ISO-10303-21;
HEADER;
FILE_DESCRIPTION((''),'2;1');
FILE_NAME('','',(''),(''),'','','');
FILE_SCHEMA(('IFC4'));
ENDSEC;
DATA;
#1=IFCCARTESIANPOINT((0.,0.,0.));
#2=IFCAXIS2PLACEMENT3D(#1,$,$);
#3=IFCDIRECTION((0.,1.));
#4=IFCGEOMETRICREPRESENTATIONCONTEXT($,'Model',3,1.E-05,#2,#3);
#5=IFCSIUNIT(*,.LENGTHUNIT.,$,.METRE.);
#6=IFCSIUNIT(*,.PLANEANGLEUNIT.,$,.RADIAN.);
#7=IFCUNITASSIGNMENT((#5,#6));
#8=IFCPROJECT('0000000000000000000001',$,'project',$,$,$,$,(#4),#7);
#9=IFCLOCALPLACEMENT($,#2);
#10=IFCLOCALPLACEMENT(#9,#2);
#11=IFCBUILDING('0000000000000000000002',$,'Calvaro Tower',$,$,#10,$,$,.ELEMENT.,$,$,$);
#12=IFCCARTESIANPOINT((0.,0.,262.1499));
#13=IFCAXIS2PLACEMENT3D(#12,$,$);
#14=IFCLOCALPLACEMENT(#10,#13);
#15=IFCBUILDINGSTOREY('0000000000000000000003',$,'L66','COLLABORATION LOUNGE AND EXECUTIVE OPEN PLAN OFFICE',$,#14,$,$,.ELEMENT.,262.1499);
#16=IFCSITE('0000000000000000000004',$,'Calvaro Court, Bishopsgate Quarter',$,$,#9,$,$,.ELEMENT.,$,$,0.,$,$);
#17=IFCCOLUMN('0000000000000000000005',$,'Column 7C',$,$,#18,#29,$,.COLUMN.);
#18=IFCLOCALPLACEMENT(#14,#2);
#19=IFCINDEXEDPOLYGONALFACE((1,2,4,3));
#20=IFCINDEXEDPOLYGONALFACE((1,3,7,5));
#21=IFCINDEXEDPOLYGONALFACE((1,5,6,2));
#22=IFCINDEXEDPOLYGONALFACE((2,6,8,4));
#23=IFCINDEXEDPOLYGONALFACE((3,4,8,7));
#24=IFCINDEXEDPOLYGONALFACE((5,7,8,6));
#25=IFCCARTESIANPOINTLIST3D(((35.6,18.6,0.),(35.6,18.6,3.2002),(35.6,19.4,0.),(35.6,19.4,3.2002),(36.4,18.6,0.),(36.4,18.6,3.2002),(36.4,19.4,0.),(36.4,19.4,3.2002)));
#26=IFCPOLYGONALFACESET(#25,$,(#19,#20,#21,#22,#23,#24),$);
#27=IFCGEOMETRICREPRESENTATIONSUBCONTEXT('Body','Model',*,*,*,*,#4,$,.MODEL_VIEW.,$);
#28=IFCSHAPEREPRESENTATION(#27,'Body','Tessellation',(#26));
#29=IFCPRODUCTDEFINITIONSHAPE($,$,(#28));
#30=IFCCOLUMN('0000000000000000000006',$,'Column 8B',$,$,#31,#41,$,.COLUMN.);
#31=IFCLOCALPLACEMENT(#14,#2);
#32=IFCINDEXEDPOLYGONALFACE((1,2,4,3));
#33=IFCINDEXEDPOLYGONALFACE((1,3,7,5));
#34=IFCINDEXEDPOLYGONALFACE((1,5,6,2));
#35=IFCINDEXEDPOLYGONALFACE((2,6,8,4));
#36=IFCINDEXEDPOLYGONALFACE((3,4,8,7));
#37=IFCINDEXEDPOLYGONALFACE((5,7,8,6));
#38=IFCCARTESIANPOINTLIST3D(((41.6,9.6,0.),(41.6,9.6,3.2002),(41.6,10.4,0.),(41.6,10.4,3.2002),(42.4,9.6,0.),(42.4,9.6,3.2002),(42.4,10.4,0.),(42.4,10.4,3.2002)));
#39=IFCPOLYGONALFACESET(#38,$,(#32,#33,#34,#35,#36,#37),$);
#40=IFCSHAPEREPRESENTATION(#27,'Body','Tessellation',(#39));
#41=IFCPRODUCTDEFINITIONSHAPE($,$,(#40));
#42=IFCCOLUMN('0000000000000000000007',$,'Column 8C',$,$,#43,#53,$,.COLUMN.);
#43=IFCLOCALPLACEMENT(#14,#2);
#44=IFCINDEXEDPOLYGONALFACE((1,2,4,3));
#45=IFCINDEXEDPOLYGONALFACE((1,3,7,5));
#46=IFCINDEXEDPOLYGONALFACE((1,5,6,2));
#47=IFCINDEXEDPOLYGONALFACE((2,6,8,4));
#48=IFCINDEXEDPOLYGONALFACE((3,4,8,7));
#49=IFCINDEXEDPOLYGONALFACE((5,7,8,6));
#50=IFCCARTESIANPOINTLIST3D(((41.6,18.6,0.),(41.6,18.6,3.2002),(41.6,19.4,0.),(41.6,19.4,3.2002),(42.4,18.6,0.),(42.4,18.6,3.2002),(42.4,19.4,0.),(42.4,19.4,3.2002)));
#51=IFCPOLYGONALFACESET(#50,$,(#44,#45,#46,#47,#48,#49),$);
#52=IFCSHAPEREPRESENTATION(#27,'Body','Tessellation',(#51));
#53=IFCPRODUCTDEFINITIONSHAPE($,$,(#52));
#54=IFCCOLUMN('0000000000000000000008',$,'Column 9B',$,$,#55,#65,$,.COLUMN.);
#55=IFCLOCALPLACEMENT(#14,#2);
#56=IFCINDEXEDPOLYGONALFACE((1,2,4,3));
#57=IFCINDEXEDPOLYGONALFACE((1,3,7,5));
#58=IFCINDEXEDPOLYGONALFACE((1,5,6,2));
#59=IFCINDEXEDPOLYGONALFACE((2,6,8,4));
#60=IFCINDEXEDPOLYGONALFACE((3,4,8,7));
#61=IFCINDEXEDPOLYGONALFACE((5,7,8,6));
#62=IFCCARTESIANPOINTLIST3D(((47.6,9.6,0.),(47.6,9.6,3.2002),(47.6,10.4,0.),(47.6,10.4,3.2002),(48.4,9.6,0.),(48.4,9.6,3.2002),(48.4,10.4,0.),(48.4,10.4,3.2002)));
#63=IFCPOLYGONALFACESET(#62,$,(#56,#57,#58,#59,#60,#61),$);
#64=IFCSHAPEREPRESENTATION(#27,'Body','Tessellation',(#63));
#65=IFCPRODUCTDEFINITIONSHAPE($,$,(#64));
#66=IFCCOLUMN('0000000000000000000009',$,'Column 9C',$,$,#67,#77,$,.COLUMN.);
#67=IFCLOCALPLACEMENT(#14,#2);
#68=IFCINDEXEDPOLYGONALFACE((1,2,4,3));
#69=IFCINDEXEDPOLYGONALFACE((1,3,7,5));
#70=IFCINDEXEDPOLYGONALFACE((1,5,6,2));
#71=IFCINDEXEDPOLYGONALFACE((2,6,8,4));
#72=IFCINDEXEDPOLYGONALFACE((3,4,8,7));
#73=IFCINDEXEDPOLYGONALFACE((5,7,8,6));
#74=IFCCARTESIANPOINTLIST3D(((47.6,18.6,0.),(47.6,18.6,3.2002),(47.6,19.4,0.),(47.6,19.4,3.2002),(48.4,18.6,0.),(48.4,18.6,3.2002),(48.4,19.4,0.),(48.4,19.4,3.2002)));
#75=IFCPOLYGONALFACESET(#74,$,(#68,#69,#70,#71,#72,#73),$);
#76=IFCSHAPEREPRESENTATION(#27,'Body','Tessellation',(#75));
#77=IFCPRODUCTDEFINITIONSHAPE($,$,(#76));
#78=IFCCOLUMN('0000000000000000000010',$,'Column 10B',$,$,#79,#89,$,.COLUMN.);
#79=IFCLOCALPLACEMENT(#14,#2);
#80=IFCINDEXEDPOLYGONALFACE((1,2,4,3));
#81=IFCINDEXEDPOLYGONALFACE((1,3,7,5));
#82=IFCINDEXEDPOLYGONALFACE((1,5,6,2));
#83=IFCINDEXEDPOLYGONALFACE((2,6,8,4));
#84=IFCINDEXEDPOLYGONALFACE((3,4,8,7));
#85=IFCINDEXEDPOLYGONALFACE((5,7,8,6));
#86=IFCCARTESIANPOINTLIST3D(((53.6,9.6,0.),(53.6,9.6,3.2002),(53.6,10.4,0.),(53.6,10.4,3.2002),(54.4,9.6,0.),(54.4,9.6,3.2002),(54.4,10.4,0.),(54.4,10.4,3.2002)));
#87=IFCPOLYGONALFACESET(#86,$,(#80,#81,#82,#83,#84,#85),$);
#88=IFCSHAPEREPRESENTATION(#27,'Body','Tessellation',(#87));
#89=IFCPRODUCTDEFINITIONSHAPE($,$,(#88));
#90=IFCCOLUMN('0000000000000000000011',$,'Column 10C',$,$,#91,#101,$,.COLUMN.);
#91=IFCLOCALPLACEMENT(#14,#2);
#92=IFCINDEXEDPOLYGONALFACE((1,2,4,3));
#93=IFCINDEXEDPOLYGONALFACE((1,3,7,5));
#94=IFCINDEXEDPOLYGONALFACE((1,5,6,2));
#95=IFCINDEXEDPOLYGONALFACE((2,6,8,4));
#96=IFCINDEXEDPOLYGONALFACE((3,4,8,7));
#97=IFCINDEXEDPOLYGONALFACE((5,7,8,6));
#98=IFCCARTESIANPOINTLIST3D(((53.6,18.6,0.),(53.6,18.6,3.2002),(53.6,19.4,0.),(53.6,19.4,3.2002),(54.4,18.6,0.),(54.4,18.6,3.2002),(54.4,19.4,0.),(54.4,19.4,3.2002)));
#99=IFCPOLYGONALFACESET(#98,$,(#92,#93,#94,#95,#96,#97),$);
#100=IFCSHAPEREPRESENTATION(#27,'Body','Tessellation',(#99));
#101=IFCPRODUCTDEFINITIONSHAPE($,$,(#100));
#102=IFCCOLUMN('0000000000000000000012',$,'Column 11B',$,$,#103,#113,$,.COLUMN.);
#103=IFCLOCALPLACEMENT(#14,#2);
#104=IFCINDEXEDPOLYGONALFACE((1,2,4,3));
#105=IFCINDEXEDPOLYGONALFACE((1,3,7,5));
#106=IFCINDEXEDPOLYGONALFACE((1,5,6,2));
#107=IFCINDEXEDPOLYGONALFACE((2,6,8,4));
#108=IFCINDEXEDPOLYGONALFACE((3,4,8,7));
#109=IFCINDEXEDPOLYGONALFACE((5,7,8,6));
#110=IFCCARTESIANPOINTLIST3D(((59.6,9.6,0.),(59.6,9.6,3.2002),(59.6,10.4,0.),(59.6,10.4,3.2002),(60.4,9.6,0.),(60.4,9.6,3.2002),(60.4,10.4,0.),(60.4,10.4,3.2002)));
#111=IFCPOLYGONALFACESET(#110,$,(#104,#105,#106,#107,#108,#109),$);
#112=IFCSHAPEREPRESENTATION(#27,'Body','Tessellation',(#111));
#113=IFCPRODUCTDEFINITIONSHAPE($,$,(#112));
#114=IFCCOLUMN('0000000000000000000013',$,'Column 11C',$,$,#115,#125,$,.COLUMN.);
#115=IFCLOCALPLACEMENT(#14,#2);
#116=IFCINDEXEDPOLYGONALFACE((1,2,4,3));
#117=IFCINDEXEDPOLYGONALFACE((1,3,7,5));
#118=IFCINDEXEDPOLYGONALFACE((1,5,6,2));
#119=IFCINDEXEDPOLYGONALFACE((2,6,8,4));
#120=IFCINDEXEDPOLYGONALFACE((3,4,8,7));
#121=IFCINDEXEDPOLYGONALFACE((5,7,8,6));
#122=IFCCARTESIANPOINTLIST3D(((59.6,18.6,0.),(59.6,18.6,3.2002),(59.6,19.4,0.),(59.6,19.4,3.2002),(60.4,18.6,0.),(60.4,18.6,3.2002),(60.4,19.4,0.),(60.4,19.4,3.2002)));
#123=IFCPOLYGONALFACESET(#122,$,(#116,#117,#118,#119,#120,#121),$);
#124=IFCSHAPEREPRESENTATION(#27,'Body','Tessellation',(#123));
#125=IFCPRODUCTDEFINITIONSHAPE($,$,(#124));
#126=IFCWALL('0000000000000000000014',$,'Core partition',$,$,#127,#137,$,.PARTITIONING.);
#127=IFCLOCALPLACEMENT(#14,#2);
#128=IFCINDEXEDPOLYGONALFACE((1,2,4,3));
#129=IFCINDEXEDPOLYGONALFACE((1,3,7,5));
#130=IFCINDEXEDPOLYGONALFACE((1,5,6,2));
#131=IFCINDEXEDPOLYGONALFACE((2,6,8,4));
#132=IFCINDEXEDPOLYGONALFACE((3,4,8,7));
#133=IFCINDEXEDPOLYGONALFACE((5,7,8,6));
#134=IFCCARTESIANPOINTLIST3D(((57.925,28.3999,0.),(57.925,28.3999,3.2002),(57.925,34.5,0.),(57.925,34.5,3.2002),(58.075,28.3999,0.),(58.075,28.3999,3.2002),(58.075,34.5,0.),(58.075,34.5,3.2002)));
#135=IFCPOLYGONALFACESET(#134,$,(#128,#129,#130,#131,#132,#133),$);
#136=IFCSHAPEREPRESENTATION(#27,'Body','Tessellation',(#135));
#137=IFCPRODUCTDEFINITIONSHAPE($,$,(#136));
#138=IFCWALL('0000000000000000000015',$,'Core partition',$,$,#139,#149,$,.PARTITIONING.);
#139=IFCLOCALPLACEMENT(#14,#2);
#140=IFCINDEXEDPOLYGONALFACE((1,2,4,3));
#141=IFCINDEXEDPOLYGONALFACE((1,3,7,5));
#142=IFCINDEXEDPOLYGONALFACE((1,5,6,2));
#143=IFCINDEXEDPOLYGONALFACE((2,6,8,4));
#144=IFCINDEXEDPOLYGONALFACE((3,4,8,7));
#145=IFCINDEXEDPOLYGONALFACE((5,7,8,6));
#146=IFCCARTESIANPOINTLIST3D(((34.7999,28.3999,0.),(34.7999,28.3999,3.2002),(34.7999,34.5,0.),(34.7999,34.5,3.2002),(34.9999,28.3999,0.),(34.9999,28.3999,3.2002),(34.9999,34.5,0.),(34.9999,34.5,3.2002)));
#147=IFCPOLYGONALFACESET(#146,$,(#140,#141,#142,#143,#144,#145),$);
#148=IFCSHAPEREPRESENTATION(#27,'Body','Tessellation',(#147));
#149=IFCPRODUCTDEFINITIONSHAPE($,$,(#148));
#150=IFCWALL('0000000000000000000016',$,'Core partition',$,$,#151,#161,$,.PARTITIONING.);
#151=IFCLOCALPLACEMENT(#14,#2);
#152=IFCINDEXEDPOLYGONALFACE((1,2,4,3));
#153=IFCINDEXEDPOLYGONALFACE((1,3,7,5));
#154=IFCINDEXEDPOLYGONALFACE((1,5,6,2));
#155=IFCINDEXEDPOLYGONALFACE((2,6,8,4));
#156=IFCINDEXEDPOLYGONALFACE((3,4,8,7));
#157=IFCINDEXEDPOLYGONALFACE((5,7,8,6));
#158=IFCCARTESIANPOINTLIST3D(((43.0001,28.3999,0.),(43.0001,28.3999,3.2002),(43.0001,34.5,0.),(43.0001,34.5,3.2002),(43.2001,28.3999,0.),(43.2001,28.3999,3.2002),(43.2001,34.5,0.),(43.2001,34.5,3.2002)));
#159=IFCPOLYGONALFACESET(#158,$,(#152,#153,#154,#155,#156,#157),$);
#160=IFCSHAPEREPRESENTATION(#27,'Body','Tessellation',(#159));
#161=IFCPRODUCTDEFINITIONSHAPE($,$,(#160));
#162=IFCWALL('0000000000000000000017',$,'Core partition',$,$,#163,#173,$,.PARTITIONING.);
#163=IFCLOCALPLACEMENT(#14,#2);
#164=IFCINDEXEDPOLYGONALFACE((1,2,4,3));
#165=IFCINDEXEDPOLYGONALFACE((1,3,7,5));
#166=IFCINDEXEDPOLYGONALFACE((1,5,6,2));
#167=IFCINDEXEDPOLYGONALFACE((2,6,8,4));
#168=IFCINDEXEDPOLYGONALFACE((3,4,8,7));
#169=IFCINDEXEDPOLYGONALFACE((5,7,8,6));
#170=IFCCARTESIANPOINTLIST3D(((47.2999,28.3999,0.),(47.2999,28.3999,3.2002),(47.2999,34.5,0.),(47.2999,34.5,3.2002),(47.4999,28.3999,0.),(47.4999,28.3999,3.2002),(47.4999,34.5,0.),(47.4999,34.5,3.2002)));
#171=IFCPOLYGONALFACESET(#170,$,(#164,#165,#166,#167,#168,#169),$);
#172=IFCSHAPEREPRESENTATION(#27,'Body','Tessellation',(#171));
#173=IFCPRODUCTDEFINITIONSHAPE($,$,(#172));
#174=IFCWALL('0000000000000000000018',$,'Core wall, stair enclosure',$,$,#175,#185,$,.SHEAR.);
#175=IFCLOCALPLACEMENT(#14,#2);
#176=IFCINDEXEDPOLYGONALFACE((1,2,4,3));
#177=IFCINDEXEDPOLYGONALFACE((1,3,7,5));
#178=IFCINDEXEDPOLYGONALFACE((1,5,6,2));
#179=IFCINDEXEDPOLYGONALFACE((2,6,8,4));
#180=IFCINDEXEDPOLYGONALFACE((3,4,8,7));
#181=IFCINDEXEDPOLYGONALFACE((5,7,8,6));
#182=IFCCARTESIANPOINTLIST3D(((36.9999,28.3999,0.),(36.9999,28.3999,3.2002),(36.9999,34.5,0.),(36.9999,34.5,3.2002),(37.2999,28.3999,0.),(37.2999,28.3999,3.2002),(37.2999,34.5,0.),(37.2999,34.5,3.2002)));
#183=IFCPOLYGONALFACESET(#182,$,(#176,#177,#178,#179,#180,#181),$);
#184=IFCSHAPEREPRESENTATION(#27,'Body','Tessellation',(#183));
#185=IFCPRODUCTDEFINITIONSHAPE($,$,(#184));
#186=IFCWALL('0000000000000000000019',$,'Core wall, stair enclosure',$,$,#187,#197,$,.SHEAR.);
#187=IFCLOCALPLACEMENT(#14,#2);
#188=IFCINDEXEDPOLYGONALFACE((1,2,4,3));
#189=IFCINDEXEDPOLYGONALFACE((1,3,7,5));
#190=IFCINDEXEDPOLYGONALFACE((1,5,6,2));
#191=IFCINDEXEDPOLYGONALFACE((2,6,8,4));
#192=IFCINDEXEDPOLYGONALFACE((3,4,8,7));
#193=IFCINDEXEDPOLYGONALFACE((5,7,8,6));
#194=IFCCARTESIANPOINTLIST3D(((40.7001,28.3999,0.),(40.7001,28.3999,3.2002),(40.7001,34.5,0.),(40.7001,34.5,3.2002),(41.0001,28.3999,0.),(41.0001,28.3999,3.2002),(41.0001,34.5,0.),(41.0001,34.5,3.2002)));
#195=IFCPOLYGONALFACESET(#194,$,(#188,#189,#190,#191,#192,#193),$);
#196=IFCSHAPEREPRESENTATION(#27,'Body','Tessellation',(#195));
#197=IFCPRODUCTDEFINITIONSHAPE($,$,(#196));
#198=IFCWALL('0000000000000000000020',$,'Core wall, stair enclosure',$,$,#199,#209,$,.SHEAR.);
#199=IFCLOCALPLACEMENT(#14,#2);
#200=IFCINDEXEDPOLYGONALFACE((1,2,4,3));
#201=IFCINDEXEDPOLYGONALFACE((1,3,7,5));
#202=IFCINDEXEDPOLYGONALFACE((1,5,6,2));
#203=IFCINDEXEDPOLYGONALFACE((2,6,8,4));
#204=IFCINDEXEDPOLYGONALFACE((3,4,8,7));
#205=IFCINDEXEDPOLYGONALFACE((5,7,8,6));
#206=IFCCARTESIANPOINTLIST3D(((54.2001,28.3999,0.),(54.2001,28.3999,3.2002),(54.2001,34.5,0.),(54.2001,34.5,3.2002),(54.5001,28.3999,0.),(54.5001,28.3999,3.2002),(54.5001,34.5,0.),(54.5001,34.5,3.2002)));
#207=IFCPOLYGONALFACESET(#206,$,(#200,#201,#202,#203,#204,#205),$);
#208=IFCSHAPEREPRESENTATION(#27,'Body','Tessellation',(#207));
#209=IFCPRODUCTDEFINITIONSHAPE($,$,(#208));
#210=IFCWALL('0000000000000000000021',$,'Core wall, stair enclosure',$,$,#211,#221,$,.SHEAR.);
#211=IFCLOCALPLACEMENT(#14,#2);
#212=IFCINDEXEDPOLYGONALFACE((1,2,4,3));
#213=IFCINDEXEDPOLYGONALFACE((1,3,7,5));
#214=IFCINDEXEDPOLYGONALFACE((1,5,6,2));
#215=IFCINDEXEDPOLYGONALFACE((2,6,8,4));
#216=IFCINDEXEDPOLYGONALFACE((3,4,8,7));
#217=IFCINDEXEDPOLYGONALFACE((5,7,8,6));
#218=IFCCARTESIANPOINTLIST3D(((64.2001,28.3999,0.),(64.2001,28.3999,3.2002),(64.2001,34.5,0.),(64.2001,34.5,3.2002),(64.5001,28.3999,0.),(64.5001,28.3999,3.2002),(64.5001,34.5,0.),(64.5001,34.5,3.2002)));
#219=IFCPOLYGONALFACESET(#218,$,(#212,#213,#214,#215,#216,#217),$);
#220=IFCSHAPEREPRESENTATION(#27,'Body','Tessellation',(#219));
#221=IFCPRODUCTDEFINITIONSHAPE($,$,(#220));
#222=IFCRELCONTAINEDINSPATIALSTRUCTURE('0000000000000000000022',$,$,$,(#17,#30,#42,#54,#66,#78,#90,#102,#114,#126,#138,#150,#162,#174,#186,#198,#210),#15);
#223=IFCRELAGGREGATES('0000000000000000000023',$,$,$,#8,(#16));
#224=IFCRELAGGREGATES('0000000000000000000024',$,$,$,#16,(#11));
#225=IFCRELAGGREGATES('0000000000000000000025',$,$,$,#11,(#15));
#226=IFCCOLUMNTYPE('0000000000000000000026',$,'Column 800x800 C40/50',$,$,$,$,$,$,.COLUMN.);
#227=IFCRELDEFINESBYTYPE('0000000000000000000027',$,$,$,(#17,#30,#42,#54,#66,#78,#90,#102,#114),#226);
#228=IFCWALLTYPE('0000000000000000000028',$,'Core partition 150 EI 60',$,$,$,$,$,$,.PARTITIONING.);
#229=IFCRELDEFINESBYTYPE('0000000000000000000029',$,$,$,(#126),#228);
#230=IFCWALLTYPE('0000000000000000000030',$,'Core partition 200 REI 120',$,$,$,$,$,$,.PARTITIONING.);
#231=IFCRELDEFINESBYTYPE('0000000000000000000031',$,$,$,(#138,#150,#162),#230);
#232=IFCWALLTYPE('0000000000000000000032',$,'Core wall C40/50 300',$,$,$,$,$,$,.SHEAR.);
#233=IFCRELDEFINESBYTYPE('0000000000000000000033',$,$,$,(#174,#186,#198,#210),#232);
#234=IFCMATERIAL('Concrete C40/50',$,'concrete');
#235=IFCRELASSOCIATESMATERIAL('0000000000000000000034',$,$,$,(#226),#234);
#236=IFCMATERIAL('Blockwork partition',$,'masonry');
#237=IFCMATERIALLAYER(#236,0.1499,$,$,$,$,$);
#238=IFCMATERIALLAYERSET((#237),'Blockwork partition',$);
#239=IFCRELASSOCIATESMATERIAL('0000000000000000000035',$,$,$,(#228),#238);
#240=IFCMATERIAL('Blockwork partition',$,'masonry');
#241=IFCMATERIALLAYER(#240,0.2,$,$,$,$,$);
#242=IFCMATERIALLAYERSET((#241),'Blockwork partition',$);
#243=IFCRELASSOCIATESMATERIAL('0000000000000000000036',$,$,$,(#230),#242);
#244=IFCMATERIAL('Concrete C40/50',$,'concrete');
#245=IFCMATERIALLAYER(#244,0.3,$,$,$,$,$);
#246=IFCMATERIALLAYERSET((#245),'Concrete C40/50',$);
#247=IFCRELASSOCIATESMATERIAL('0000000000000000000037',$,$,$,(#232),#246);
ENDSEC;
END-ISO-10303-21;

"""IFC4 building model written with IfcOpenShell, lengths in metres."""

from ifc_helpers import new_model, si_unit, direction, frame, frame_2d, origin, origin_2d, place, context, subcontext, project, spatial, rectangle, extrude, material, layer, layer_set, material_profile, profile_set, type_object, element, save


model = new_model("IFC4")

# Units and contexts
model_context = context("Model", 3, precision=1e-05, world=origin(), true_north=direction((0.0, 1.0)))
body_context = subcontext(model_context, "Body", "Model", "MODEL_VIEW")
ifc_project = project(units=[si_unit("LENGTHUNIT", "METRE"), si_unit("PLANEANGLEUNIT", "RADIAN")], contexts=[model_context])

# Site, building, storey
site_placement = place(None, origin())
site = spatial("IfcSite", under=ifc_project, at=site_placement, Name="Calvaro Court, Bishopsgate Quarter", CompositionType="ELEMENT", RefElevation=0.0)
building_placement = place(site_placement, origin())
building = spatial("IfcBuilding", under=site, at=building_placement, Name="Calvaro Tower", CompositionType="ELEMENT")
storey_placement = place(building_placement, frame((0.0, 0.0, 262.1499)))
storey = spatial("IfcBuildingStorey", under=building, at=storey_placement, Name="L66", Description="COLLABORATION LOUNGE AND EXECUTIVE OPEN PLAN OFFICE", CompositionType="ELEMENT", Elevation=262.1499)

# Columns
ifc_material_1 = material(Name="Concrete C40/50", Category="concrete")
ifc_material_profile = material_profile(ifc_material_1, rectangle(XDim=0.8, YDim=0.8, at=origin_2d()), Name="RC 800x800")
ifc_profile_set = profile_set([ifc_material_profile], Name="Concrete C40/50")
column_type = type_object("IfcColumnType", Name="Column 800x800 C40/50", PredefinedType="COLUMN", material=ifc_profile_set)
for number, where, z_axis, x_axis, name in (
    (1, (36.0, 19.0, 0.0), (0.0, 0.0, 1.0), (1.0, 0.0, 0.0), "Column 7C"),
    (2, (42.0, 10.0, 0.0), (0.0, 0.0, 1.0), (1.0, 0.0, 0.0), "Column 8B"),
    (3, (42.0, 19.0, 0.0), (0.0, 0.0, 1.0), (1.0, 0.0, 0.0), "Column 8C"),
    (4, (48.0, 10.0, 0.0), (0.0, 0.0, 1.0), (1.0, 0.0, 0.0), "Column 9B"),
    (5, (48.0, 19.0, 0.0), (0.0, 0.0, 1.0), (1.0, 0.0, 0.0), "Column 9C"),
    (6, (54.0, 10.0, 0.0), (0.0, 0.0, 1.0), (1.0, 0.0, 0.0), "Column 10B"),
    (7, (54.0, 19.0, 0.0), (0.0, 0.0, 1.0), (1.0, 0.0, 0.0), "Column 10C"),
    (8, (60.0, 10.0, 0.0), (0.0, 0.0, 1.0), (1.0, 0.0, 0.0), "Column 11B"),
    (9, (60.0, 19.0, 0.0), (0.0, 0.0, 1.0), (1.0, 0.0, 0.0), "Column 11C"),
):
    element("IfcColumn", number, at=place(storey_placement, frame(where, z_axis=z_axis, x_axis=x_axis)), inside=storey, type_object=column_type, Name=name, PredefinedType="COLUMN", context=body_context, shape_type="SweptSolid", body=[
        extrude(rectangle(XDim=0.8, YDim=0.8, at=origin_2d()), origin(), (0.0, 0.0, 1.0), 3.2002),
    ])

# Walls
ifc_material_2 = material(Name="Blockwork partition", Category="masonry")
ifc_layer_1 = layer(ifc_material_2, 0.1499)
ifc_layer_set_1 = layer_set([ifc_layer_1], Name="Blockwork partition")
wall_type_1 = type_object("IfcWallType", Name="Core partition 150 EI 60", PredefinedType="PARTITIONING", material=ifc_layer_set_1)
wall_1_placement = place(storey_placement, frame((58.0, 28.3999, 0.0), z_axis=(0.0, 0.0, 1.0), x_axis=(0.0, 1.0, 0.0)))
element("IfcWall", 10, at=wall_1_placement, inside=storey, type_object=wall_type_1, Name="Core partition", PredefinedType="PARTITIONING", context=body_context, shape_type="SweptSolid", body=[
    extrude(rectangle(XDim=6.1001, YDim=0.1499, at=frame_2d((3.05, 0.0))), origin(), (0.0, 0.0, 1.0), 3.2002),
])
ifc_material_3 = material(Name="Blockwork partition", Category="masonry")
ifc_layer_2 = layer(ifc_material_3, 0.2)
ifc_layer_set_2 = layer_set([ifc_layer_2], Name="Blockwork partition")
wall_type_2 = type_object("IfcWallType", Name="Core partition 200 REI 120", PredefinedType="PARTITIONING", material=ifc_layer_set_2)
for number, where, z_axis, x_axis, name in (
    (11, (34.8999, 28.3999, 0.0), (0.0, 0.0, 1.0), (0.0, 1.0, 0.0), "Core partition"),
    (12, (43.1001, 28.3999, 0.0), (0.0, 0.0, 1.0), (0.0, 1.0, 0.0), "Core partition"),
    (13, (47.3999, 28.3999, 0.0), (0.0, 0.0, 1.0), (0.0, 1.0, 0.0), "Core partition"),
):
    element("IfcWall", number, at=place(storey_placement, frame(where, z_axis=z_axis, x_axis=x_axis)), inside=storey, type_object=wall_type_2, Name=name, PredefinedType="PARTITIONING", context=body_context, shape_type="SweptSolid", body=[
        extrude(rectangle(XDim=6.1001, YDim=0.2, at=frame_2d((3.05, 0.0))), origin(), (0.0, 0.0, 1.0), 3.2002),
    ])
ifc_material_4 = material(Name="Concrete C40/50", Category="concrete")
ifc_layer_3 = layer(ifc_material_4, 0.3)
ifc_layer_set_3 = layer_set([ifc_layer_3], Name="Concrete C40/50")
wall_type_3 = type_object("IfcWallType", Name="Core wall C40/50 300", PredefinedType="SHEAR", material=ifc_layer_set_3)
for number, where, z_axis, x_axis, name in (
    (14, (37.1499, 28.3999, 0.0), (0.0, 0.0, 1.0), (0.0, 1.0, 0.0), "Core wall, stair enclosure"),
    (15, (40.8501, 28.3999, 0.0), (0.0, 0.0, 1.0), (0.0, 1.0, 0.0), "Core wall, stair enclosure"),
    (16, (54.3501, 28.3999, 0.0), (0.0, 0.0, 1.0), (0.0, 1.0, 0.0), "Core wall, stair enclosure"),
    (17, (64.3501, 28.3999, 0.0), (0.0, 0.0, 1.0), (0.0, 1.0, 0.0), "Core wall, stair enclosure"),
):
    element("IfcWall", number, at=place(storey_placement, frame(where, z_axis=z_axis, x_axis=x_axis)), inside=storey, type_object=wall_type_3, Name=name, PredefinedType="SHEAR", context=body_context, shape_type="SweptSolid", body=[
        extrude(rectangle(XDim=6.1001, YDim=0.3, at=frame_2d((3.05, 0.0))), origin(), (0.0, 0.0, 1.0), 3.2002),
    ])

save(model, "model.ifc")
